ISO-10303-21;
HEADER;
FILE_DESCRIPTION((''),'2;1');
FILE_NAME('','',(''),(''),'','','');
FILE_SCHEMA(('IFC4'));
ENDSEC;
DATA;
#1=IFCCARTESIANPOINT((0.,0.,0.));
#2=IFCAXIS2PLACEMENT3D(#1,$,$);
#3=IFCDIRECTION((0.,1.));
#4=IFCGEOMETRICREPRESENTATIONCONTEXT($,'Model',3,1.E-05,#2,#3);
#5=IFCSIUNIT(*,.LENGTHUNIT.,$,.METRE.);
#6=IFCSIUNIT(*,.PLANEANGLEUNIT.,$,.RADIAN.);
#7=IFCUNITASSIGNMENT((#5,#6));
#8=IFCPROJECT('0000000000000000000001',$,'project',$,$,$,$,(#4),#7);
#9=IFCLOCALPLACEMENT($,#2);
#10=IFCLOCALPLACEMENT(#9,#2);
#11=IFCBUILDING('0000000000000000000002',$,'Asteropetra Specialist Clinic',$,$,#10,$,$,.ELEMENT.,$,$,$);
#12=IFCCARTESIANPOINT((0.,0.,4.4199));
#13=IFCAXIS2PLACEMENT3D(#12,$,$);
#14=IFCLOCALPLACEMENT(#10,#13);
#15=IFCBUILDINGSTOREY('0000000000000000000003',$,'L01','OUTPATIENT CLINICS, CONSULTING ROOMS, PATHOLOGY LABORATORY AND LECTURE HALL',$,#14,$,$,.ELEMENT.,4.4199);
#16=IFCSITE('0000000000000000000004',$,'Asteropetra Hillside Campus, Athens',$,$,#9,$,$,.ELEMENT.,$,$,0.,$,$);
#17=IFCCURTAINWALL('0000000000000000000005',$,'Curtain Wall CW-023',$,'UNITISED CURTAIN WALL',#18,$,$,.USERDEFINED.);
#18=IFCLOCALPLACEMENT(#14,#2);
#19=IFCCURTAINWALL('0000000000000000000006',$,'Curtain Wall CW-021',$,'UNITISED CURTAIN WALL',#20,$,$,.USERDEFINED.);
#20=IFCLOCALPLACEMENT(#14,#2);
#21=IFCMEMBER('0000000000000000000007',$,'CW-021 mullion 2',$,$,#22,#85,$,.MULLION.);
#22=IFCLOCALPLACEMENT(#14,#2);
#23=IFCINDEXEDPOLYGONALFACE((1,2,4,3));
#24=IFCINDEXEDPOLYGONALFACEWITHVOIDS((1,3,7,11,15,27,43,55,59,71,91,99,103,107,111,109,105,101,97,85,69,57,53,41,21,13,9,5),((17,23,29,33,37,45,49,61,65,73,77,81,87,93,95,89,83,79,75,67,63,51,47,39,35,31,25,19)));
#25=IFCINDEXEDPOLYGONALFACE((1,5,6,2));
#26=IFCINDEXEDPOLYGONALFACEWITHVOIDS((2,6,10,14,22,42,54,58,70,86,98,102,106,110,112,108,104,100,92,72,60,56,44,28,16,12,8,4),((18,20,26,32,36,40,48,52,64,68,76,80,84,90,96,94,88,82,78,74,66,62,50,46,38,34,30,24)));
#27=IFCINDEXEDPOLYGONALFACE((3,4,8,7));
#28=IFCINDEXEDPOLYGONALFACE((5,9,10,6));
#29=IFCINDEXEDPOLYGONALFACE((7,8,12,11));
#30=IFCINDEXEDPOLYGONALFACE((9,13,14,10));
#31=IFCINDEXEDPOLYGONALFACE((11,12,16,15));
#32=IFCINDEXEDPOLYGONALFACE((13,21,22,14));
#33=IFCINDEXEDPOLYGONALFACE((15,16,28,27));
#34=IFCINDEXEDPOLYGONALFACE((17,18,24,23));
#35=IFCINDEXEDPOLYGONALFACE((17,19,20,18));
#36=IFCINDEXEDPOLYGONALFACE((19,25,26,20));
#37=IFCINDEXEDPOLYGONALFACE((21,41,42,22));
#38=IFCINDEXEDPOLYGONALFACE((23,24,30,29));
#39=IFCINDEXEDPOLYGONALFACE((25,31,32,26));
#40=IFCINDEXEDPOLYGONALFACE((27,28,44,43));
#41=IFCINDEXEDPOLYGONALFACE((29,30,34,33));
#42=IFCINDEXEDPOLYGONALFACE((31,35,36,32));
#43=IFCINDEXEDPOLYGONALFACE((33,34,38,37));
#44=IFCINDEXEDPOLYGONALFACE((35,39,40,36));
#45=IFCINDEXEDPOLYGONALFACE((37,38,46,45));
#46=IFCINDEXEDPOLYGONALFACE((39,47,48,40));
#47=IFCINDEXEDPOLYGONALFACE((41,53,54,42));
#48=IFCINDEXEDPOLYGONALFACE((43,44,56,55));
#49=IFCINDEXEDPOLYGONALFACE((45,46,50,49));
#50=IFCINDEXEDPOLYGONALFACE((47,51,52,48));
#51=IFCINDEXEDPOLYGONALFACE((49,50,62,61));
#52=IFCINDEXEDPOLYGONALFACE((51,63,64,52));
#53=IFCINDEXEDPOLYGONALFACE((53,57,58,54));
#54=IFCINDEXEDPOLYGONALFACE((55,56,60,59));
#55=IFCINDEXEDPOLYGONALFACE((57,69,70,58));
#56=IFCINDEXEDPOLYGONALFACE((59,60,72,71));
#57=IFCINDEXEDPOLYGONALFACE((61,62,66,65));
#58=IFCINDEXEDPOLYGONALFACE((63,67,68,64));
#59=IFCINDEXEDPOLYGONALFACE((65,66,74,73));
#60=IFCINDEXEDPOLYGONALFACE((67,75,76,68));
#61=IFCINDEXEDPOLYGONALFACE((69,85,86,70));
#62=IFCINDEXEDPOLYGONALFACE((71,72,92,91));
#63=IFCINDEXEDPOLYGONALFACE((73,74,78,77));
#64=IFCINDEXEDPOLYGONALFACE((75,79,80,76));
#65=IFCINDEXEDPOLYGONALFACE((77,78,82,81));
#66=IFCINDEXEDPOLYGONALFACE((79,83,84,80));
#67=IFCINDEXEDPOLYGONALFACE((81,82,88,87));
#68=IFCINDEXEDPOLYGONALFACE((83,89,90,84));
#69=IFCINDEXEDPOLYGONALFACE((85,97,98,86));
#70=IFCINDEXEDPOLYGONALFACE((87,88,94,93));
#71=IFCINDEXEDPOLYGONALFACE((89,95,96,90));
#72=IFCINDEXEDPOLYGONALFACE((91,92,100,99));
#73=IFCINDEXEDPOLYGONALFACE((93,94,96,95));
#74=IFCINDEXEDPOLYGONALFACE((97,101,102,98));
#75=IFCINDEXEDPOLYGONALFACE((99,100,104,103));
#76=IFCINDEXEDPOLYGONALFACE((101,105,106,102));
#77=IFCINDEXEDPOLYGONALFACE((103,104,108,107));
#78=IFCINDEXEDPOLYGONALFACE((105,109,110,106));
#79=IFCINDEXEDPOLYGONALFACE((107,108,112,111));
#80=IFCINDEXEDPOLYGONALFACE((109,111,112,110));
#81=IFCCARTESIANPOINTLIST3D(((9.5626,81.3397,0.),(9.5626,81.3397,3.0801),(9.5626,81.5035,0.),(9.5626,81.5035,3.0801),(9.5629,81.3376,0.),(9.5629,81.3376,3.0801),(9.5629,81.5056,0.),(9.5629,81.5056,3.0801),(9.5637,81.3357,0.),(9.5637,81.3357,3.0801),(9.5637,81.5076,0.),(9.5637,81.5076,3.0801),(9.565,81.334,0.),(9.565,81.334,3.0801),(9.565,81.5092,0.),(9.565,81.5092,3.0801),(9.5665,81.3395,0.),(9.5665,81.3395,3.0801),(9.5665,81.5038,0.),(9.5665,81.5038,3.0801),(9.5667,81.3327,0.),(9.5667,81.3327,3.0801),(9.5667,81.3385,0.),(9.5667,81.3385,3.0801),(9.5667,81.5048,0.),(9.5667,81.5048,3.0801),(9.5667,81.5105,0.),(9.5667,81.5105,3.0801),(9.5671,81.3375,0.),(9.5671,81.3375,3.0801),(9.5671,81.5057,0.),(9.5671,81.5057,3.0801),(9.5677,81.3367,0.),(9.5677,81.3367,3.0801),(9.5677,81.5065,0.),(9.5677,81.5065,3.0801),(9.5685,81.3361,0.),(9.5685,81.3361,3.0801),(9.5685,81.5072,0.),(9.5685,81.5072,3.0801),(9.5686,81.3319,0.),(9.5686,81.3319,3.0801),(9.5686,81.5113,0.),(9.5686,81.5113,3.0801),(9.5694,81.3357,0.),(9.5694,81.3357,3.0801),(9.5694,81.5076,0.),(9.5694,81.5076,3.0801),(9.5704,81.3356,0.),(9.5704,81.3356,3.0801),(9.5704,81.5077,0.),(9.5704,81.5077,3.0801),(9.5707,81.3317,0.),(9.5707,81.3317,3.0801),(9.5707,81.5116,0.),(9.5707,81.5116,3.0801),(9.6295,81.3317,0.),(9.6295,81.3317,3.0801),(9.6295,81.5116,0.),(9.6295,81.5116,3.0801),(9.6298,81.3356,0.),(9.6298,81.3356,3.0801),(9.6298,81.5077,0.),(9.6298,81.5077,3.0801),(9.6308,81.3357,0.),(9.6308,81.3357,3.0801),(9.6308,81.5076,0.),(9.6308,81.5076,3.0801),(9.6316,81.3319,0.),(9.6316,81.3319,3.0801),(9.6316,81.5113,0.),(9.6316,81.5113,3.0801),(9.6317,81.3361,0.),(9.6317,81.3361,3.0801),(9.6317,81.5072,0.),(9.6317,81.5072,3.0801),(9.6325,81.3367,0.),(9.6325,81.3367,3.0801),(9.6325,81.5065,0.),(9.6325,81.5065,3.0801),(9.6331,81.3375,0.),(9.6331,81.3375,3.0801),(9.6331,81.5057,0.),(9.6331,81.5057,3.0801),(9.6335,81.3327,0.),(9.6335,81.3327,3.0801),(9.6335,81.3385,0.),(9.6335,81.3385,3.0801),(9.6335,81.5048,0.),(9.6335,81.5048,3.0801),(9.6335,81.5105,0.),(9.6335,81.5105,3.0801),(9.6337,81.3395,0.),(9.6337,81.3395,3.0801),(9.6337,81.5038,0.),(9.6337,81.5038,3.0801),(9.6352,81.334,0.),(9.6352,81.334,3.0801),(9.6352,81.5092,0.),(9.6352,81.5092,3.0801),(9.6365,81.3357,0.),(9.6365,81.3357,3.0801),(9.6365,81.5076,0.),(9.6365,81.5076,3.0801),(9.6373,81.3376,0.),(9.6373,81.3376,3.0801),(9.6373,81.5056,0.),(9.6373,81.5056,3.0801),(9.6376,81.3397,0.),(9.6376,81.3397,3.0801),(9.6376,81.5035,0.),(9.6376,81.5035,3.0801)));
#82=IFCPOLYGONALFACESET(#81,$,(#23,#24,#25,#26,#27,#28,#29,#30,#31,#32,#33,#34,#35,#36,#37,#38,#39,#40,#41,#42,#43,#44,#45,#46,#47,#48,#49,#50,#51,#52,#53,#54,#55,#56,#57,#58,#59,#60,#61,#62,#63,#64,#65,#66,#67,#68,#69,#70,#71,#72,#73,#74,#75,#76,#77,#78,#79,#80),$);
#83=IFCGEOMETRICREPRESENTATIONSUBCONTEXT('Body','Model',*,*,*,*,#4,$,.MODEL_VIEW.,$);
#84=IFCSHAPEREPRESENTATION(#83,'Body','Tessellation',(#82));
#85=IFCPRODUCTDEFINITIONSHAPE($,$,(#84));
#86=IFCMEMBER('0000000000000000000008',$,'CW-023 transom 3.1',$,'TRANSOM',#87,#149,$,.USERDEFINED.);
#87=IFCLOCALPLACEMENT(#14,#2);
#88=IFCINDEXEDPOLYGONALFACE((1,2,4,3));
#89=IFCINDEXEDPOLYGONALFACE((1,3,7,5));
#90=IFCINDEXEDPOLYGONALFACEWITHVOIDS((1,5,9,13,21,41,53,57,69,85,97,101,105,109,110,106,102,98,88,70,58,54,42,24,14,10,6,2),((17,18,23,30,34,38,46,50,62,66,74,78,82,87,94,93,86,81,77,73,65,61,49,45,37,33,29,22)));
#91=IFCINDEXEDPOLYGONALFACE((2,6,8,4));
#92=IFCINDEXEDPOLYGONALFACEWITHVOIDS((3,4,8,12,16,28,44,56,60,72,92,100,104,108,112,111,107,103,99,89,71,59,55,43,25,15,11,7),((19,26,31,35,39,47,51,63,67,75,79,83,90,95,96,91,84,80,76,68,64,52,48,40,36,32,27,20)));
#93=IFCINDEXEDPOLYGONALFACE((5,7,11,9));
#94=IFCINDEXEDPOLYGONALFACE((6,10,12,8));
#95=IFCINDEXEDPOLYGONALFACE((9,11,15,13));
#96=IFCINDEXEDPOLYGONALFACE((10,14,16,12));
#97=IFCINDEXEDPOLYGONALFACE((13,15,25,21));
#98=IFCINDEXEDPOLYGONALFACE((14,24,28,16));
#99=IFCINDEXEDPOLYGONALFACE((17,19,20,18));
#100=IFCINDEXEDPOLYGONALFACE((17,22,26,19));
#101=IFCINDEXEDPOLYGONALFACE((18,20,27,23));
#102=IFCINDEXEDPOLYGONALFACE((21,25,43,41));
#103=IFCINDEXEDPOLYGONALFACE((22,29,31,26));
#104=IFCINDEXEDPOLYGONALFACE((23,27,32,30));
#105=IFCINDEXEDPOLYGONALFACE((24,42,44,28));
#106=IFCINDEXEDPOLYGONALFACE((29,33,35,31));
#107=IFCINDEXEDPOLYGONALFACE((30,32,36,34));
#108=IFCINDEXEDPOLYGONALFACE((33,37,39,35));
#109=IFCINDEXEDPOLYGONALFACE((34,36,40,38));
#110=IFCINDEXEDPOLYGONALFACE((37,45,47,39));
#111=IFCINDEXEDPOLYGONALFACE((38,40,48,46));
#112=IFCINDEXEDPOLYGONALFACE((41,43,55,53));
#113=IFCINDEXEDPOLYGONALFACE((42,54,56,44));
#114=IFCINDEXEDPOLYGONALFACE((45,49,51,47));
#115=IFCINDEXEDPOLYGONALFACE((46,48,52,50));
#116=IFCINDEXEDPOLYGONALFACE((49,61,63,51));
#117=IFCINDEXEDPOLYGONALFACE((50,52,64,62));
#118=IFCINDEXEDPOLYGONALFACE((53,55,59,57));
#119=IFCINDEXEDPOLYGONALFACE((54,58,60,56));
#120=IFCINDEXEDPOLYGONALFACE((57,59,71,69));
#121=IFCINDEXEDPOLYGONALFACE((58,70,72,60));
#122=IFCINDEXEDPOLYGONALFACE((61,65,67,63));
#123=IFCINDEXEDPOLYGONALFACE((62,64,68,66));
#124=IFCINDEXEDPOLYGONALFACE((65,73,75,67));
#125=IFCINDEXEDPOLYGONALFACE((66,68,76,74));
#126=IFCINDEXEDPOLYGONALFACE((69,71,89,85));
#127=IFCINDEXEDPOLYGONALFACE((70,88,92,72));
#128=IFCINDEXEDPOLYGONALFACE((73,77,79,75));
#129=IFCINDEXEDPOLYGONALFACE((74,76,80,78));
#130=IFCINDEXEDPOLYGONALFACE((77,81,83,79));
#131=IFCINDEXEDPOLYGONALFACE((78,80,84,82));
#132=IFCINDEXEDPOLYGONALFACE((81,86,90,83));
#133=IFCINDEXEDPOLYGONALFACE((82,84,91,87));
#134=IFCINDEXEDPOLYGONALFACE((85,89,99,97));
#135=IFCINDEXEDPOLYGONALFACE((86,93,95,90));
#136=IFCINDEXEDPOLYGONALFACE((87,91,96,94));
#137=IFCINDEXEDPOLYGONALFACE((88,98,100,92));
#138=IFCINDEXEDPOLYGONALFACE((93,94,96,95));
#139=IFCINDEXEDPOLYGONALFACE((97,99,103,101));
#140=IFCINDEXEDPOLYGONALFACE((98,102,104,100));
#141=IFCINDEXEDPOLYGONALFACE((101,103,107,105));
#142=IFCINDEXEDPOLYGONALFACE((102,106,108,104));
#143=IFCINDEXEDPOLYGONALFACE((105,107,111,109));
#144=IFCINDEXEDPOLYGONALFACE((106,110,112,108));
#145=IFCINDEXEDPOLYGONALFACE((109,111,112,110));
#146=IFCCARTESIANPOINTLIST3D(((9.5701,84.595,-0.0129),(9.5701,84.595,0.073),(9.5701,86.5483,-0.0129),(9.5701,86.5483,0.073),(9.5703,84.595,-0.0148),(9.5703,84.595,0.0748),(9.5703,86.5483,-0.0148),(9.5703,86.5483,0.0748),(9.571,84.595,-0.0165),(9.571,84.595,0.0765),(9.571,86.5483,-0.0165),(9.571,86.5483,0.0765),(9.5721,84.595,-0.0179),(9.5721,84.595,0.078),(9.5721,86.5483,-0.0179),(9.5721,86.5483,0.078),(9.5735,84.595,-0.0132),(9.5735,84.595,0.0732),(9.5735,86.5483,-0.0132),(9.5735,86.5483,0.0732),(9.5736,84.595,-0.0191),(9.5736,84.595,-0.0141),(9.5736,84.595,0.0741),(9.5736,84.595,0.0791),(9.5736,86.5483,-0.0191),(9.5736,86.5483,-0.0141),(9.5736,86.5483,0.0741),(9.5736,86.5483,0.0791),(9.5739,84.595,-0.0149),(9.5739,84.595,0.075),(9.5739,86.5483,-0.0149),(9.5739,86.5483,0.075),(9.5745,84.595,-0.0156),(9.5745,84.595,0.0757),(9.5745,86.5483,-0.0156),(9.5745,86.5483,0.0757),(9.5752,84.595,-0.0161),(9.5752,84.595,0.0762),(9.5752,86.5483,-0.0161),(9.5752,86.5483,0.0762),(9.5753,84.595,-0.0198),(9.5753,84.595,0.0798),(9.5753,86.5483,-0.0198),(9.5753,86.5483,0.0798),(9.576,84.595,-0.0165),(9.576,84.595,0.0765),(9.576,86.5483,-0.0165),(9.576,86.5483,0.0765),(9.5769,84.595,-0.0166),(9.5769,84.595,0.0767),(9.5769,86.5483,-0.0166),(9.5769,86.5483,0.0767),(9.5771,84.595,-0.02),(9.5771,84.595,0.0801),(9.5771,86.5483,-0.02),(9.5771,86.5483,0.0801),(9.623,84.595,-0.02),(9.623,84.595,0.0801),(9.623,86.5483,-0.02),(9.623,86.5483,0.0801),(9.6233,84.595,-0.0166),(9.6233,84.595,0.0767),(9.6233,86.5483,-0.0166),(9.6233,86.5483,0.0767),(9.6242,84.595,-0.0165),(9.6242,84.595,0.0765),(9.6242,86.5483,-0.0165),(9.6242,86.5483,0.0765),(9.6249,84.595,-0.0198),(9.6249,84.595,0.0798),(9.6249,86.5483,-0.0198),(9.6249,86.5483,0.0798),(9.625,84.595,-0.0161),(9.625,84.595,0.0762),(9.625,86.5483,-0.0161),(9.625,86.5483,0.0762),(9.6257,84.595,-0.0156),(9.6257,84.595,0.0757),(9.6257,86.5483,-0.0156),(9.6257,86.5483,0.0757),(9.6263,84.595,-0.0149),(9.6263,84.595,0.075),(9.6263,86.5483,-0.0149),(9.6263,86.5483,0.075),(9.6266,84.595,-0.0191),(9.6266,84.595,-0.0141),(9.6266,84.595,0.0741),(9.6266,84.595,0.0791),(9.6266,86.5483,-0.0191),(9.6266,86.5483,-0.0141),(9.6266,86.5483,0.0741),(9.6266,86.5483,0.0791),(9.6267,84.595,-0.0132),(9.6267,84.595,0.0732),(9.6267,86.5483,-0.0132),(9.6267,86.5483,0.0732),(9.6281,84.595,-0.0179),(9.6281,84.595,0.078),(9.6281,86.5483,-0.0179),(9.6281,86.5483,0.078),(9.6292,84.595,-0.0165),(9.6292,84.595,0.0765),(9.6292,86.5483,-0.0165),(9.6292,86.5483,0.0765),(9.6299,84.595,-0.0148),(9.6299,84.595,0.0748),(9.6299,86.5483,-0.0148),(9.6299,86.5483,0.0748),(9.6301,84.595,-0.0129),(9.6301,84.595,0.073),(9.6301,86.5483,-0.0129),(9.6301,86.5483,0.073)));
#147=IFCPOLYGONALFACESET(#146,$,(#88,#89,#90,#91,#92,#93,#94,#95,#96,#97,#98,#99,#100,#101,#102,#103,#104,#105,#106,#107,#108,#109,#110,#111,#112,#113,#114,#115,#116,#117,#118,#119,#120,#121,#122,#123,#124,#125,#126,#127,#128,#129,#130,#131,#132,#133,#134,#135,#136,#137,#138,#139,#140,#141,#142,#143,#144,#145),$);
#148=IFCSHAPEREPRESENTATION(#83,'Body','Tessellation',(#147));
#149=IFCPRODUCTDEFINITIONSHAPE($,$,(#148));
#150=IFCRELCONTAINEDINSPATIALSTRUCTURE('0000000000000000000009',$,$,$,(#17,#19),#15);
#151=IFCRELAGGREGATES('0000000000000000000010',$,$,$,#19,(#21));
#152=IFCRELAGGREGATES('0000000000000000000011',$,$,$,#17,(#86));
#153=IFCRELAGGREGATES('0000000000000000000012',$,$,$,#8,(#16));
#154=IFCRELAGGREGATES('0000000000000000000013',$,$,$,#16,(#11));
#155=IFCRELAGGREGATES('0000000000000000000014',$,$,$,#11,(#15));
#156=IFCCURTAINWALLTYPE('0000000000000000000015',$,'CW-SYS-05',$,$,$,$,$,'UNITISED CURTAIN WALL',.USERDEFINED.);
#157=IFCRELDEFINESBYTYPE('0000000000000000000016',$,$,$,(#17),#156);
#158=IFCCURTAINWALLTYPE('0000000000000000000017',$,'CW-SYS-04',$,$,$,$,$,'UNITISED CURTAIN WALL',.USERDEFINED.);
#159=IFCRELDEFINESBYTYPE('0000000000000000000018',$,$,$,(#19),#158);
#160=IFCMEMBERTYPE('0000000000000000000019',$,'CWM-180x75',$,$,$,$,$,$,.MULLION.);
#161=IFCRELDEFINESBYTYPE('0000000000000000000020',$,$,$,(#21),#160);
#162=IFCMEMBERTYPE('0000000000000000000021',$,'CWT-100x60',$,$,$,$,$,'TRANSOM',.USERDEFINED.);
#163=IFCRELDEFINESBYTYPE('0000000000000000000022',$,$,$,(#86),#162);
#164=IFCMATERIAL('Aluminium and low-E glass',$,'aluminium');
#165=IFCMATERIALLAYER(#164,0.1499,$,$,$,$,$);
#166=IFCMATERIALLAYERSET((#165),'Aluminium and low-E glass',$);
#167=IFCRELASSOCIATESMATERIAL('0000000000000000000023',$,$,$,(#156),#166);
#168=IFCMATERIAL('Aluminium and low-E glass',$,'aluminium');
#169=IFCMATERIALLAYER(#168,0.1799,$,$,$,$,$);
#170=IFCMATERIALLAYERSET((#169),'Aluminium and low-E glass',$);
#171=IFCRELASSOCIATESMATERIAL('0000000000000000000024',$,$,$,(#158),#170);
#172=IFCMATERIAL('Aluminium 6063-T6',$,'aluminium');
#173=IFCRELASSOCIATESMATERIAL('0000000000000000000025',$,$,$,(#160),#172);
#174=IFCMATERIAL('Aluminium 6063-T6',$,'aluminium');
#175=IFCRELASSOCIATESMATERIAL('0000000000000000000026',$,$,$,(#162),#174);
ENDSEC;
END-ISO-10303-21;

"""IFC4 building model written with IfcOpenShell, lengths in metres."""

from ifc_helpers import new_model, si_unit, direction, frame, origin, origin_2d, place, context, subcontext, project, spatial, hollow_rectangle, extrude, material, layer, layer_set, material_profile, profile_set, type_object, element, aggregate, save


model = new_model("IFC4")

# Units and contexts
model_context = context("Model", 3, precision=1e-05, world=origin(), true_north=direction((0.0, 1.0)))
body_context = subcontext(model_context, "Body", "Model", "MODEL_VIEW")
ifc_project = project(units=[si_unit("LENGTHUNIT", "METRE"), si_unit("PLANEANGLEUNIT", "RADIAN")], contexts=[model_context])

# Site, building, storey
site_placement = place(None, origin())
site = spatial("IfcSite", under=ifc_project, at=site_placement, Name="Asteropetra Hillside Campus, Athens", CompositionType="ELEMENT", RefElevation=0.0)
building_placement = place(site_placement, origin())
building = spatial("IfcBuilding", under=site, at=building_placement, Name="Asteropetra Specialist Clinic", CompositionType="ELEMENT")
storey_placement = place(building_placement, frame((0.0, 0.0, 4.4199)))
storey = spatial("IfcBuildingStorey", under=building, at=storey_placement, Name="L01", Description="OUTPATIENT CLINICS, CONSULTING ROOMS, PATHOLOGY LABORATORY AND LECTURE HALL", CompositionType="ELEMENT", Elevation=4.4199)

# Curtain wall
ifc_material_1 = material(Name="Aluminium and low-E glass", Category="aluminium")
ifc_layer_1 = layer(ifc_material_1, 0.1499)
ifc_layer_set_1 = layer_set([ifc_layer_1], Name="Aluminium and low-E glass")
curtain_wall_type_1 = type_object("IfcCurtainWallType", Name="CW-SYS-05", ElementType="UNITISED CURTAIN WALL", PredefinedType="USERDEFINED", material=ifc_layer_set_1)
curtain_wall_1_placement = place(storey_placement, origin())
curtain_wall_1 = element("IfcCurtainWall", 1, at=curtain_wall_1_placement, inside=storey, type_object=curtain_wall_type_1, Name="Curtain Wall CW-023", ObjectType="UNITISED CURTAIN WALL", PredefinedType="USERDEFINED")

# Curtain wall, member
ifc_material_2 = material(Name="Aluminium and low-E glass", Category="aluminium")
ifc_layer_2 = layer(ifc_material_2, 0.1799)
ifc_layer_set_2 = layer_set([ifc_layer_2], Name="Aluminium and low-E glass")
curtain_wall_type_2 = type_object("IfcCurtainWallType", Name="CW-SYS-04", ElementType="UNITISED CURTAIN WALL", PredefinedType="USERDEFINED", material=ifc_layer_set_2)
curtain_wall_2_placement = place(storey_placement, origin())
curtain_wall_2 = element("IfcCurtainWall", 2, at=curtain_wall_2_placement, inside=storey, type_object=curtain_wall_type_2, Name="Curtain Wall CW-021", ObjectType="UNITISED CURTAIN WALL", PredefinedType="USERDEFINED")
ifc_material_3 = material(Name="Aluminium 6063-T6", Category="aluminium")
ifc_material_profile_1 = material_profile(ifc_material_3, hollow_rectangle(XDim=0.075, YDim=0.1799, WallThickness=0.0039, InnerFilletRadius=0.0039, OuterFilletRadius=0.0081, at=origin_2d()), Name="MUL 180x75x4.0")
ifc_profile_set_1 = profile_set([ifc_material_profile_1], Name="Aluminium 6063-T6")
member_type_1 = type_object("IfcMemberType", Name="CWM-180x75", PredefinedType="MULLION", material=ifc_profile_set_1)
member_1_placement = place(storey_placement, frame((9.6001, 81.4216, 0.0), z_axis=(0.0, 0.0, 1.0), x_axis=(1.0, 0.0, 0.0)))
member_1 = element("IfcMember", 3, at=member_1_placement, type_object=member_type_1, Name="CW-021 mullion 2", PredefinedType="MULLION", context=body_context, shape_type="SweptSolid", body=[
    extrude(hollow_rectangle(XDim=0.075, YDim=0.1799, WallThickness=0.0039, InnerFilletRadius=0.0039, OuterFilletRadius=0.0081, at=origin_2d()), origin(), (0.0, 0.0, 1.0), 3.0801),
])

# Member
ifc_material_4 = material(Name="Aluminium 6063-T6", Category="aluminium")
ifc_material_profile_2 = material_profile(ifc_material_4, hollow_rectangle(XDim=0.0601, YDim=0.1001, WallThickness=0.0034, InnerFilletRadius=0.0034, OuterFilletRadius=0.0071, at=origin_2d()), Name="TRN 100x60x3.5")
ifc_profile_set_2 = profile_set([ifc_material_profile_2], Name="Aluminium 6063-T6")
member_type_2 = type_object("IfcMemberType", Name="CWT-100x60", ElementType="TRANSOM", PredefinedType="USERDEFINED", material=ifc_profile_set_2)
member_2_placement = place(storey_placement, frame((9.6001, 86.5483, 0.03), z_axis=(0.0, -1.0, 0.0), x_axis=(1.0, 0.0, 0.0)))
member_2 = element("IfcMember", 4, at=member_2_placement, type_object=member_type_2, Name="CW-023 transom 3.1", ObjectType="TRANSOM", PredefinedType="USERDEFINED", context=body_context, shape_type="SweptSolid", body=[
    extrude(hollow_rectangle(XDim=0.0601, YDim=0.1001, WallThickness=0.0034, InnerFilletRadius=0.0034, OuterFilletRadius=0.0071, at=origin_2d()), origin(), (0.0, 0.0, 1.0), 1.9534),
])

aggregate(curtain_wall_2, [member_1])
aggregate(curtain_wall_1, [member_2])

save(model, "model.ifc")
